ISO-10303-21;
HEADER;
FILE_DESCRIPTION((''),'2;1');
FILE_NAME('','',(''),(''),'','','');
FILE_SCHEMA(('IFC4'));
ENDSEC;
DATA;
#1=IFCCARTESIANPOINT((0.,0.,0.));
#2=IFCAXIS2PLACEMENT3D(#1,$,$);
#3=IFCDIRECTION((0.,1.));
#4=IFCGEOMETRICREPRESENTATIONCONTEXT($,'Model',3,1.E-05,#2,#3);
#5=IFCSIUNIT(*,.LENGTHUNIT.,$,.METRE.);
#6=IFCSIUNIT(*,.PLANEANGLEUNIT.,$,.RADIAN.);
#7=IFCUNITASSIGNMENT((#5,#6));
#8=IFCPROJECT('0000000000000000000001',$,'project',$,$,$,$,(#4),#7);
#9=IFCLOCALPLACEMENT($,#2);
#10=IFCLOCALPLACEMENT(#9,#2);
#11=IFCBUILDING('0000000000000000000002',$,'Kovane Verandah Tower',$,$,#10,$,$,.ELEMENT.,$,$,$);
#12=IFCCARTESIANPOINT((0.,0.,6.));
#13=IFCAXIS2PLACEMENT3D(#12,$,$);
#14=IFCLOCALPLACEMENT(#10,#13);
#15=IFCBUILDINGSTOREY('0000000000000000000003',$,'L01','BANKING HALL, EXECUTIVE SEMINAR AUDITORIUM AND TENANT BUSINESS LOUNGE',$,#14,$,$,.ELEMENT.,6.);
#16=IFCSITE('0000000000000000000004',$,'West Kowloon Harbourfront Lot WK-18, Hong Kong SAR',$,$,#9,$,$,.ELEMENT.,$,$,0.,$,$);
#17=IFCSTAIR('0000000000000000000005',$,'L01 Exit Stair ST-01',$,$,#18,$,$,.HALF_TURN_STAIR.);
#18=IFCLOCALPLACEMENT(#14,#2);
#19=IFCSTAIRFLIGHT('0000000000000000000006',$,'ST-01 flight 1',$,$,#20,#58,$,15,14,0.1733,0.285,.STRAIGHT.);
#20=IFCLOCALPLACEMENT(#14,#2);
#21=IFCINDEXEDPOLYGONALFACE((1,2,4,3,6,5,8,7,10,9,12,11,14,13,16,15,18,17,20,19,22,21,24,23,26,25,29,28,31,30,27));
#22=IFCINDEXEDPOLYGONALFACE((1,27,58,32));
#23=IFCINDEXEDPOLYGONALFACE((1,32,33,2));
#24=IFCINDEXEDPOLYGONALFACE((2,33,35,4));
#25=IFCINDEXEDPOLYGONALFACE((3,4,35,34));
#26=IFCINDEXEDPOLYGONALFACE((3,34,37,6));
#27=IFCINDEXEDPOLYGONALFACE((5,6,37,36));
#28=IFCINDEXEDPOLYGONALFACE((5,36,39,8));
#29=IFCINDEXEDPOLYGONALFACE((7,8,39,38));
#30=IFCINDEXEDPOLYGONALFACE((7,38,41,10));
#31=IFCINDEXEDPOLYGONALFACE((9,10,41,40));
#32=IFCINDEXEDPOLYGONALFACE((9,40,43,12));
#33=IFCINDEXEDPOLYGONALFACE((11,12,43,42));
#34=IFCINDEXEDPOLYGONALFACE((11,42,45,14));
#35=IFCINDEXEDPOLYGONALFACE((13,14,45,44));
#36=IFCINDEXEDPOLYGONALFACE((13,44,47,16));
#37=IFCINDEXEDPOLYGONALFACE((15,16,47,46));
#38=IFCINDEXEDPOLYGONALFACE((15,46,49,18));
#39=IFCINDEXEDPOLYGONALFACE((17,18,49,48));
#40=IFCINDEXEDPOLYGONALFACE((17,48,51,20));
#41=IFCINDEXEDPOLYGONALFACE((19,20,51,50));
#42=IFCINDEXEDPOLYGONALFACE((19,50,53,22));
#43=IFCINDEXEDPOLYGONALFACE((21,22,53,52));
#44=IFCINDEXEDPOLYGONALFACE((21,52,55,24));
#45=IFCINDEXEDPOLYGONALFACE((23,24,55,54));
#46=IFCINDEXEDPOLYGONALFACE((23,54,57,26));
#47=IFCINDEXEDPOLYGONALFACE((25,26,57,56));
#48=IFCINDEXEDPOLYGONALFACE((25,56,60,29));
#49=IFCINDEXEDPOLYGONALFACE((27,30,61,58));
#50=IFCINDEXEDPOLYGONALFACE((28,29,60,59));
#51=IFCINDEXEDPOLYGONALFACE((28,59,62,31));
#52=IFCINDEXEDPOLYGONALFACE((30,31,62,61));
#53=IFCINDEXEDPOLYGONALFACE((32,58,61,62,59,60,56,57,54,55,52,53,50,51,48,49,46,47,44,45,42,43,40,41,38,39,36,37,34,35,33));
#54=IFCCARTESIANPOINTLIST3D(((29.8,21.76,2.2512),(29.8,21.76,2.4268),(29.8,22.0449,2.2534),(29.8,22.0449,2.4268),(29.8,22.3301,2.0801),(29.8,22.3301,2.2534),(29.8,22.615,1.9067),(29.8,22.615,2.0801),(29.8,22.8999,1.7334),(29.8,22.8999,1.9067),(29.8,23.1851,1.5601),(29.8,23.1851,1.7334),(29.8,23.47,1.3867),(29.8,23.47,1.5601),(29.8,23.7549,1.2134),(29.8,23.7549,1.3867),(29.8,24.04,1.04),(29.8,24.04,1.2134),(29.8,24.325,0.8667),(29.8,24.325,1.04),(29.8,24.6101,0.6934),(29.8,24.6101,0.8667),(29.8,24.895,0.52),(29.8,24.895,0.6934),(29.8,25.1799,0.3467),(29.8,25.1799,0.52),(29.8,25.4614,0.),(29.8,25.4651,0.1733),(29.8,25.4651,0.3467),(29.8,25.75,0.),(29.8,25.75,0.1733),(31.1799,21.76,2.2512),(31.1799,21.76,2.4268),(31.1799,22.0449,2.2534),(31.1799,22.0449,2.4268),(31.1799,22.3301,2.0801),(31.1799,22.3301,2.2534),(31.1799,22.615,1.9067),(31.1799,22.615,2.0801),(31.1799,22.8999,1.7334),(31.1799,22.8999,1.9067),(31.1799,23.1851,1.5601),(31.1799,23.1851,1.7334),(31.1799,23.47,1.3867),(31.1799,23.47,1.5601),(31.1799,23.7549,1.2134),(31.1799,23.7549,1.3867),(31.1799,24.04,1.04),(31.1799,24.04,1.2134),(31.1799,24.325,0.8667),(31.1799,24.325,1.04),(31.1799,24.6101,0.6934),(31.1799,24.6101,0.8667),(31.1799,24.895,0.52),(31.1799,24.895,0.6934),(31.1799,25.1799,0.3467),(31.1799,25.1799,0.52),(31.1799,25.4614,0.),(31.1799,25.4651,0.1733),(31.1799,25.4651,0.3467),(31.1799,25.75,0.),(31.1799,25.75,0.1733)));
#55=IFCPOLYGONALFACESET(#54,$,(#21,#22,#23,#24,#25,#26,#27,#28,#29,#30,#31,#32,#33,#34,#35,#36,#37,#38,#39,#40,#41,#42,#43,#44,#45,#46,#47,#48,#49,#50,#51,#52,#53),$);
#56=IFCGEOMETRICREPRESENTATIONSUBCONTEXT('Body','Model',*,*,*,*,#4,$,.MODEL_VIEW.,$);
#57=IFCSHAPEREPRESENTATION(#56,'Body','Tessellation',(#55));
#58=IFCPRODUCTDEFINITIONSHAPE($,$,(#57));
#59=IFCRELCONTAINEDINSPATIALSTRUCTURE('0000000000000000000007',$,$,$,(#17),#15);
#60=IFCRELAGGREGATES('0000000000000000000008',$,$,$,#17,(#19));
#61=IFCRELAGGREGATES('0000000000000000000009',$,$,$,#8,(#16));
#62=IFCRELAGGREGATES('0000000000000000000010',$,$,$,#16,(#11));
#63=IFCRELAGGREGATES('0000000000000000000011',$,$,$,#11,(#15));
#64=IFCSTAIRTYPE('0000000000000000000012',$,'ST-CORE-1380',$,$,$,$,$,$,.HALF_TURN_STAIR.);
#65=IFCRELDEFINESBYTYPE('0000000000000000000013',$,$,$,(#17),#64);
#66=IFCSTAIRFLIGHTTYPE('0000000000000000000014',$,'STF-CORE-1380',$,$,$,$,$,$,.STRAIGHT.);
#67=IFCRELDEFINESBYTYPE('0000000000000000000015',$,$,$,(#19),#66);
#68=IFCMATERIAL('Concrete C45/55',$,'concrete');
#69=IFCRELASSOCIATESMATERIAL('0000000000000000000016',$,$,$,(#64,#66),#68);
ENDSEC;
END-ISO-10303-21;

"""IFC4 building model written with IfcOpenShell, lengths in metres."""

from ifc_helpers import new_model, si_unit, direction, frame, origin, place, context, subcontext, project, spatial, polyline, outline, extrude, material, type_object, element, aggregate, save


model = new_model("IFC4")

# Units and contexts
model_context = context("Model", 3, precision=1e-05, world=origin(), true_north=direction((0.0, 1.0)))
body_context = subcontext(model_context, "Body", "Model", "MODEL_VIEW")
ifc_project = project(units=[si_unit("LENGTHUNIT", "METRE"), si_unit("PLANEANGLEUNIT", "RADIAN")], contexts=[model_context])

# Site, building, storey
site_placement = place(None, origin())
site = spatial("IfcSite", under=ifc_project, at=site_placement, Name="West Kowloon Harbourfront Lot WK-18, Hong Kong SAR", CompositionType="ELEMENT", RefElevation=0.0)
building_placement = place(site_placement, origin())
building = spatial("IfcBuilding", under=site, at=building_placement, Name="Kovane Verandah Tower", CompositionType="ELEMENT")
storey_placement = place(building_placement, frame((0.0, 0.0, 6.0)))
storey = spatial("IfcBuildingStorey", under=building, at=storey_placement, Name="L01", Description="BANKING HALL, EXECUTIVE SEMINAR AUDITORIUM AND TENANT BUSINESS LOUNGE", CompositionType="ELEMENT", Elevation=6.0)

# Shared definitions
ifc_material_1 = material(Name="Concrete C45/55", Category="concrete")

# Stair, stair flight
stair_type = type_object("IfcStairType", Name="ST-CORE-1380", PredefinedType="HALF_TURN_STAIR", material=ifc_material_1)
stair_placement = place(storey_placement, origin())
stair = element("IfcStair", 1, at=stair_placement, inside=storey, type_object=stair_type, Name="L01 Exit Stair ST-01", PredefinedType="HALF_TURN_STAIR")
stair_flight_type = type_object("IfcStairFlightType", Name="STF-CORE-1380", PredefinedType="STRAIGHT", material=ifc_material_1)
stair_flight_placement = place(storey_placement, frame((30.49, 25.75, 0.0), z_axis=(0.0, 0.0, 1.0), x_axis=(0.0, -1.0, 0.0)))
stair_flight = element("IfcStairFlight", 2, at=stair_flight_placement, type_object=stair_flight_type, Name="ST-01 flight 1", NumberOfRisers=15, NumberOfTreads=14, PredefinedType="STRAIGHT", RiserHeight=0.1733, TreadLength=0.285, context=body_context, shape_type="SweptSolid", body=[
    extrude(outline(polyline([(0.0, 0.0), (0.0, 0.1733), (0.2849, 0.1733), (0.2849, 0.3467), (0.5701, 0.3467), (0.5701, 0.52), (0.855, 0.52), (0.855, 0.6934), (1.1399, 0.6934), (1.1399, 0.8667), (1.425, 0.8667), (1.425, 1.04), (1.71, 1.04), (1.71, 1.2134), (1.9951, 1.2134), (1.9951, 1.3867), (2.28, 1.3867), (2.28, 1.5601), (2.5649, 1.5601), (2.5649, 1.7334), (2.8501, 1.7334), (2.8501, 1.9067), (3.135, 1.9067), (3.135, 2.0801), (3.4199, 2.0801), (3.4199, 2.2534), (3.7051, 2.2534), (3.7051, 2.4268), (3.99, 2.4268), (3.99, 2.6001), (3.99, 2.2512), (0.2886, 0.0), (0.0, 0.0)])), frame((0.0, 0.6899, 0.0), z_axis=(0.0, -1.0, 0.0), x_axis=(1.0, 0.0, 0.0)), (0.0, 0.0, 1.0), 1.3799),
])
aggregate(stair, [stair_flight])

save(model, "model.ifc")
